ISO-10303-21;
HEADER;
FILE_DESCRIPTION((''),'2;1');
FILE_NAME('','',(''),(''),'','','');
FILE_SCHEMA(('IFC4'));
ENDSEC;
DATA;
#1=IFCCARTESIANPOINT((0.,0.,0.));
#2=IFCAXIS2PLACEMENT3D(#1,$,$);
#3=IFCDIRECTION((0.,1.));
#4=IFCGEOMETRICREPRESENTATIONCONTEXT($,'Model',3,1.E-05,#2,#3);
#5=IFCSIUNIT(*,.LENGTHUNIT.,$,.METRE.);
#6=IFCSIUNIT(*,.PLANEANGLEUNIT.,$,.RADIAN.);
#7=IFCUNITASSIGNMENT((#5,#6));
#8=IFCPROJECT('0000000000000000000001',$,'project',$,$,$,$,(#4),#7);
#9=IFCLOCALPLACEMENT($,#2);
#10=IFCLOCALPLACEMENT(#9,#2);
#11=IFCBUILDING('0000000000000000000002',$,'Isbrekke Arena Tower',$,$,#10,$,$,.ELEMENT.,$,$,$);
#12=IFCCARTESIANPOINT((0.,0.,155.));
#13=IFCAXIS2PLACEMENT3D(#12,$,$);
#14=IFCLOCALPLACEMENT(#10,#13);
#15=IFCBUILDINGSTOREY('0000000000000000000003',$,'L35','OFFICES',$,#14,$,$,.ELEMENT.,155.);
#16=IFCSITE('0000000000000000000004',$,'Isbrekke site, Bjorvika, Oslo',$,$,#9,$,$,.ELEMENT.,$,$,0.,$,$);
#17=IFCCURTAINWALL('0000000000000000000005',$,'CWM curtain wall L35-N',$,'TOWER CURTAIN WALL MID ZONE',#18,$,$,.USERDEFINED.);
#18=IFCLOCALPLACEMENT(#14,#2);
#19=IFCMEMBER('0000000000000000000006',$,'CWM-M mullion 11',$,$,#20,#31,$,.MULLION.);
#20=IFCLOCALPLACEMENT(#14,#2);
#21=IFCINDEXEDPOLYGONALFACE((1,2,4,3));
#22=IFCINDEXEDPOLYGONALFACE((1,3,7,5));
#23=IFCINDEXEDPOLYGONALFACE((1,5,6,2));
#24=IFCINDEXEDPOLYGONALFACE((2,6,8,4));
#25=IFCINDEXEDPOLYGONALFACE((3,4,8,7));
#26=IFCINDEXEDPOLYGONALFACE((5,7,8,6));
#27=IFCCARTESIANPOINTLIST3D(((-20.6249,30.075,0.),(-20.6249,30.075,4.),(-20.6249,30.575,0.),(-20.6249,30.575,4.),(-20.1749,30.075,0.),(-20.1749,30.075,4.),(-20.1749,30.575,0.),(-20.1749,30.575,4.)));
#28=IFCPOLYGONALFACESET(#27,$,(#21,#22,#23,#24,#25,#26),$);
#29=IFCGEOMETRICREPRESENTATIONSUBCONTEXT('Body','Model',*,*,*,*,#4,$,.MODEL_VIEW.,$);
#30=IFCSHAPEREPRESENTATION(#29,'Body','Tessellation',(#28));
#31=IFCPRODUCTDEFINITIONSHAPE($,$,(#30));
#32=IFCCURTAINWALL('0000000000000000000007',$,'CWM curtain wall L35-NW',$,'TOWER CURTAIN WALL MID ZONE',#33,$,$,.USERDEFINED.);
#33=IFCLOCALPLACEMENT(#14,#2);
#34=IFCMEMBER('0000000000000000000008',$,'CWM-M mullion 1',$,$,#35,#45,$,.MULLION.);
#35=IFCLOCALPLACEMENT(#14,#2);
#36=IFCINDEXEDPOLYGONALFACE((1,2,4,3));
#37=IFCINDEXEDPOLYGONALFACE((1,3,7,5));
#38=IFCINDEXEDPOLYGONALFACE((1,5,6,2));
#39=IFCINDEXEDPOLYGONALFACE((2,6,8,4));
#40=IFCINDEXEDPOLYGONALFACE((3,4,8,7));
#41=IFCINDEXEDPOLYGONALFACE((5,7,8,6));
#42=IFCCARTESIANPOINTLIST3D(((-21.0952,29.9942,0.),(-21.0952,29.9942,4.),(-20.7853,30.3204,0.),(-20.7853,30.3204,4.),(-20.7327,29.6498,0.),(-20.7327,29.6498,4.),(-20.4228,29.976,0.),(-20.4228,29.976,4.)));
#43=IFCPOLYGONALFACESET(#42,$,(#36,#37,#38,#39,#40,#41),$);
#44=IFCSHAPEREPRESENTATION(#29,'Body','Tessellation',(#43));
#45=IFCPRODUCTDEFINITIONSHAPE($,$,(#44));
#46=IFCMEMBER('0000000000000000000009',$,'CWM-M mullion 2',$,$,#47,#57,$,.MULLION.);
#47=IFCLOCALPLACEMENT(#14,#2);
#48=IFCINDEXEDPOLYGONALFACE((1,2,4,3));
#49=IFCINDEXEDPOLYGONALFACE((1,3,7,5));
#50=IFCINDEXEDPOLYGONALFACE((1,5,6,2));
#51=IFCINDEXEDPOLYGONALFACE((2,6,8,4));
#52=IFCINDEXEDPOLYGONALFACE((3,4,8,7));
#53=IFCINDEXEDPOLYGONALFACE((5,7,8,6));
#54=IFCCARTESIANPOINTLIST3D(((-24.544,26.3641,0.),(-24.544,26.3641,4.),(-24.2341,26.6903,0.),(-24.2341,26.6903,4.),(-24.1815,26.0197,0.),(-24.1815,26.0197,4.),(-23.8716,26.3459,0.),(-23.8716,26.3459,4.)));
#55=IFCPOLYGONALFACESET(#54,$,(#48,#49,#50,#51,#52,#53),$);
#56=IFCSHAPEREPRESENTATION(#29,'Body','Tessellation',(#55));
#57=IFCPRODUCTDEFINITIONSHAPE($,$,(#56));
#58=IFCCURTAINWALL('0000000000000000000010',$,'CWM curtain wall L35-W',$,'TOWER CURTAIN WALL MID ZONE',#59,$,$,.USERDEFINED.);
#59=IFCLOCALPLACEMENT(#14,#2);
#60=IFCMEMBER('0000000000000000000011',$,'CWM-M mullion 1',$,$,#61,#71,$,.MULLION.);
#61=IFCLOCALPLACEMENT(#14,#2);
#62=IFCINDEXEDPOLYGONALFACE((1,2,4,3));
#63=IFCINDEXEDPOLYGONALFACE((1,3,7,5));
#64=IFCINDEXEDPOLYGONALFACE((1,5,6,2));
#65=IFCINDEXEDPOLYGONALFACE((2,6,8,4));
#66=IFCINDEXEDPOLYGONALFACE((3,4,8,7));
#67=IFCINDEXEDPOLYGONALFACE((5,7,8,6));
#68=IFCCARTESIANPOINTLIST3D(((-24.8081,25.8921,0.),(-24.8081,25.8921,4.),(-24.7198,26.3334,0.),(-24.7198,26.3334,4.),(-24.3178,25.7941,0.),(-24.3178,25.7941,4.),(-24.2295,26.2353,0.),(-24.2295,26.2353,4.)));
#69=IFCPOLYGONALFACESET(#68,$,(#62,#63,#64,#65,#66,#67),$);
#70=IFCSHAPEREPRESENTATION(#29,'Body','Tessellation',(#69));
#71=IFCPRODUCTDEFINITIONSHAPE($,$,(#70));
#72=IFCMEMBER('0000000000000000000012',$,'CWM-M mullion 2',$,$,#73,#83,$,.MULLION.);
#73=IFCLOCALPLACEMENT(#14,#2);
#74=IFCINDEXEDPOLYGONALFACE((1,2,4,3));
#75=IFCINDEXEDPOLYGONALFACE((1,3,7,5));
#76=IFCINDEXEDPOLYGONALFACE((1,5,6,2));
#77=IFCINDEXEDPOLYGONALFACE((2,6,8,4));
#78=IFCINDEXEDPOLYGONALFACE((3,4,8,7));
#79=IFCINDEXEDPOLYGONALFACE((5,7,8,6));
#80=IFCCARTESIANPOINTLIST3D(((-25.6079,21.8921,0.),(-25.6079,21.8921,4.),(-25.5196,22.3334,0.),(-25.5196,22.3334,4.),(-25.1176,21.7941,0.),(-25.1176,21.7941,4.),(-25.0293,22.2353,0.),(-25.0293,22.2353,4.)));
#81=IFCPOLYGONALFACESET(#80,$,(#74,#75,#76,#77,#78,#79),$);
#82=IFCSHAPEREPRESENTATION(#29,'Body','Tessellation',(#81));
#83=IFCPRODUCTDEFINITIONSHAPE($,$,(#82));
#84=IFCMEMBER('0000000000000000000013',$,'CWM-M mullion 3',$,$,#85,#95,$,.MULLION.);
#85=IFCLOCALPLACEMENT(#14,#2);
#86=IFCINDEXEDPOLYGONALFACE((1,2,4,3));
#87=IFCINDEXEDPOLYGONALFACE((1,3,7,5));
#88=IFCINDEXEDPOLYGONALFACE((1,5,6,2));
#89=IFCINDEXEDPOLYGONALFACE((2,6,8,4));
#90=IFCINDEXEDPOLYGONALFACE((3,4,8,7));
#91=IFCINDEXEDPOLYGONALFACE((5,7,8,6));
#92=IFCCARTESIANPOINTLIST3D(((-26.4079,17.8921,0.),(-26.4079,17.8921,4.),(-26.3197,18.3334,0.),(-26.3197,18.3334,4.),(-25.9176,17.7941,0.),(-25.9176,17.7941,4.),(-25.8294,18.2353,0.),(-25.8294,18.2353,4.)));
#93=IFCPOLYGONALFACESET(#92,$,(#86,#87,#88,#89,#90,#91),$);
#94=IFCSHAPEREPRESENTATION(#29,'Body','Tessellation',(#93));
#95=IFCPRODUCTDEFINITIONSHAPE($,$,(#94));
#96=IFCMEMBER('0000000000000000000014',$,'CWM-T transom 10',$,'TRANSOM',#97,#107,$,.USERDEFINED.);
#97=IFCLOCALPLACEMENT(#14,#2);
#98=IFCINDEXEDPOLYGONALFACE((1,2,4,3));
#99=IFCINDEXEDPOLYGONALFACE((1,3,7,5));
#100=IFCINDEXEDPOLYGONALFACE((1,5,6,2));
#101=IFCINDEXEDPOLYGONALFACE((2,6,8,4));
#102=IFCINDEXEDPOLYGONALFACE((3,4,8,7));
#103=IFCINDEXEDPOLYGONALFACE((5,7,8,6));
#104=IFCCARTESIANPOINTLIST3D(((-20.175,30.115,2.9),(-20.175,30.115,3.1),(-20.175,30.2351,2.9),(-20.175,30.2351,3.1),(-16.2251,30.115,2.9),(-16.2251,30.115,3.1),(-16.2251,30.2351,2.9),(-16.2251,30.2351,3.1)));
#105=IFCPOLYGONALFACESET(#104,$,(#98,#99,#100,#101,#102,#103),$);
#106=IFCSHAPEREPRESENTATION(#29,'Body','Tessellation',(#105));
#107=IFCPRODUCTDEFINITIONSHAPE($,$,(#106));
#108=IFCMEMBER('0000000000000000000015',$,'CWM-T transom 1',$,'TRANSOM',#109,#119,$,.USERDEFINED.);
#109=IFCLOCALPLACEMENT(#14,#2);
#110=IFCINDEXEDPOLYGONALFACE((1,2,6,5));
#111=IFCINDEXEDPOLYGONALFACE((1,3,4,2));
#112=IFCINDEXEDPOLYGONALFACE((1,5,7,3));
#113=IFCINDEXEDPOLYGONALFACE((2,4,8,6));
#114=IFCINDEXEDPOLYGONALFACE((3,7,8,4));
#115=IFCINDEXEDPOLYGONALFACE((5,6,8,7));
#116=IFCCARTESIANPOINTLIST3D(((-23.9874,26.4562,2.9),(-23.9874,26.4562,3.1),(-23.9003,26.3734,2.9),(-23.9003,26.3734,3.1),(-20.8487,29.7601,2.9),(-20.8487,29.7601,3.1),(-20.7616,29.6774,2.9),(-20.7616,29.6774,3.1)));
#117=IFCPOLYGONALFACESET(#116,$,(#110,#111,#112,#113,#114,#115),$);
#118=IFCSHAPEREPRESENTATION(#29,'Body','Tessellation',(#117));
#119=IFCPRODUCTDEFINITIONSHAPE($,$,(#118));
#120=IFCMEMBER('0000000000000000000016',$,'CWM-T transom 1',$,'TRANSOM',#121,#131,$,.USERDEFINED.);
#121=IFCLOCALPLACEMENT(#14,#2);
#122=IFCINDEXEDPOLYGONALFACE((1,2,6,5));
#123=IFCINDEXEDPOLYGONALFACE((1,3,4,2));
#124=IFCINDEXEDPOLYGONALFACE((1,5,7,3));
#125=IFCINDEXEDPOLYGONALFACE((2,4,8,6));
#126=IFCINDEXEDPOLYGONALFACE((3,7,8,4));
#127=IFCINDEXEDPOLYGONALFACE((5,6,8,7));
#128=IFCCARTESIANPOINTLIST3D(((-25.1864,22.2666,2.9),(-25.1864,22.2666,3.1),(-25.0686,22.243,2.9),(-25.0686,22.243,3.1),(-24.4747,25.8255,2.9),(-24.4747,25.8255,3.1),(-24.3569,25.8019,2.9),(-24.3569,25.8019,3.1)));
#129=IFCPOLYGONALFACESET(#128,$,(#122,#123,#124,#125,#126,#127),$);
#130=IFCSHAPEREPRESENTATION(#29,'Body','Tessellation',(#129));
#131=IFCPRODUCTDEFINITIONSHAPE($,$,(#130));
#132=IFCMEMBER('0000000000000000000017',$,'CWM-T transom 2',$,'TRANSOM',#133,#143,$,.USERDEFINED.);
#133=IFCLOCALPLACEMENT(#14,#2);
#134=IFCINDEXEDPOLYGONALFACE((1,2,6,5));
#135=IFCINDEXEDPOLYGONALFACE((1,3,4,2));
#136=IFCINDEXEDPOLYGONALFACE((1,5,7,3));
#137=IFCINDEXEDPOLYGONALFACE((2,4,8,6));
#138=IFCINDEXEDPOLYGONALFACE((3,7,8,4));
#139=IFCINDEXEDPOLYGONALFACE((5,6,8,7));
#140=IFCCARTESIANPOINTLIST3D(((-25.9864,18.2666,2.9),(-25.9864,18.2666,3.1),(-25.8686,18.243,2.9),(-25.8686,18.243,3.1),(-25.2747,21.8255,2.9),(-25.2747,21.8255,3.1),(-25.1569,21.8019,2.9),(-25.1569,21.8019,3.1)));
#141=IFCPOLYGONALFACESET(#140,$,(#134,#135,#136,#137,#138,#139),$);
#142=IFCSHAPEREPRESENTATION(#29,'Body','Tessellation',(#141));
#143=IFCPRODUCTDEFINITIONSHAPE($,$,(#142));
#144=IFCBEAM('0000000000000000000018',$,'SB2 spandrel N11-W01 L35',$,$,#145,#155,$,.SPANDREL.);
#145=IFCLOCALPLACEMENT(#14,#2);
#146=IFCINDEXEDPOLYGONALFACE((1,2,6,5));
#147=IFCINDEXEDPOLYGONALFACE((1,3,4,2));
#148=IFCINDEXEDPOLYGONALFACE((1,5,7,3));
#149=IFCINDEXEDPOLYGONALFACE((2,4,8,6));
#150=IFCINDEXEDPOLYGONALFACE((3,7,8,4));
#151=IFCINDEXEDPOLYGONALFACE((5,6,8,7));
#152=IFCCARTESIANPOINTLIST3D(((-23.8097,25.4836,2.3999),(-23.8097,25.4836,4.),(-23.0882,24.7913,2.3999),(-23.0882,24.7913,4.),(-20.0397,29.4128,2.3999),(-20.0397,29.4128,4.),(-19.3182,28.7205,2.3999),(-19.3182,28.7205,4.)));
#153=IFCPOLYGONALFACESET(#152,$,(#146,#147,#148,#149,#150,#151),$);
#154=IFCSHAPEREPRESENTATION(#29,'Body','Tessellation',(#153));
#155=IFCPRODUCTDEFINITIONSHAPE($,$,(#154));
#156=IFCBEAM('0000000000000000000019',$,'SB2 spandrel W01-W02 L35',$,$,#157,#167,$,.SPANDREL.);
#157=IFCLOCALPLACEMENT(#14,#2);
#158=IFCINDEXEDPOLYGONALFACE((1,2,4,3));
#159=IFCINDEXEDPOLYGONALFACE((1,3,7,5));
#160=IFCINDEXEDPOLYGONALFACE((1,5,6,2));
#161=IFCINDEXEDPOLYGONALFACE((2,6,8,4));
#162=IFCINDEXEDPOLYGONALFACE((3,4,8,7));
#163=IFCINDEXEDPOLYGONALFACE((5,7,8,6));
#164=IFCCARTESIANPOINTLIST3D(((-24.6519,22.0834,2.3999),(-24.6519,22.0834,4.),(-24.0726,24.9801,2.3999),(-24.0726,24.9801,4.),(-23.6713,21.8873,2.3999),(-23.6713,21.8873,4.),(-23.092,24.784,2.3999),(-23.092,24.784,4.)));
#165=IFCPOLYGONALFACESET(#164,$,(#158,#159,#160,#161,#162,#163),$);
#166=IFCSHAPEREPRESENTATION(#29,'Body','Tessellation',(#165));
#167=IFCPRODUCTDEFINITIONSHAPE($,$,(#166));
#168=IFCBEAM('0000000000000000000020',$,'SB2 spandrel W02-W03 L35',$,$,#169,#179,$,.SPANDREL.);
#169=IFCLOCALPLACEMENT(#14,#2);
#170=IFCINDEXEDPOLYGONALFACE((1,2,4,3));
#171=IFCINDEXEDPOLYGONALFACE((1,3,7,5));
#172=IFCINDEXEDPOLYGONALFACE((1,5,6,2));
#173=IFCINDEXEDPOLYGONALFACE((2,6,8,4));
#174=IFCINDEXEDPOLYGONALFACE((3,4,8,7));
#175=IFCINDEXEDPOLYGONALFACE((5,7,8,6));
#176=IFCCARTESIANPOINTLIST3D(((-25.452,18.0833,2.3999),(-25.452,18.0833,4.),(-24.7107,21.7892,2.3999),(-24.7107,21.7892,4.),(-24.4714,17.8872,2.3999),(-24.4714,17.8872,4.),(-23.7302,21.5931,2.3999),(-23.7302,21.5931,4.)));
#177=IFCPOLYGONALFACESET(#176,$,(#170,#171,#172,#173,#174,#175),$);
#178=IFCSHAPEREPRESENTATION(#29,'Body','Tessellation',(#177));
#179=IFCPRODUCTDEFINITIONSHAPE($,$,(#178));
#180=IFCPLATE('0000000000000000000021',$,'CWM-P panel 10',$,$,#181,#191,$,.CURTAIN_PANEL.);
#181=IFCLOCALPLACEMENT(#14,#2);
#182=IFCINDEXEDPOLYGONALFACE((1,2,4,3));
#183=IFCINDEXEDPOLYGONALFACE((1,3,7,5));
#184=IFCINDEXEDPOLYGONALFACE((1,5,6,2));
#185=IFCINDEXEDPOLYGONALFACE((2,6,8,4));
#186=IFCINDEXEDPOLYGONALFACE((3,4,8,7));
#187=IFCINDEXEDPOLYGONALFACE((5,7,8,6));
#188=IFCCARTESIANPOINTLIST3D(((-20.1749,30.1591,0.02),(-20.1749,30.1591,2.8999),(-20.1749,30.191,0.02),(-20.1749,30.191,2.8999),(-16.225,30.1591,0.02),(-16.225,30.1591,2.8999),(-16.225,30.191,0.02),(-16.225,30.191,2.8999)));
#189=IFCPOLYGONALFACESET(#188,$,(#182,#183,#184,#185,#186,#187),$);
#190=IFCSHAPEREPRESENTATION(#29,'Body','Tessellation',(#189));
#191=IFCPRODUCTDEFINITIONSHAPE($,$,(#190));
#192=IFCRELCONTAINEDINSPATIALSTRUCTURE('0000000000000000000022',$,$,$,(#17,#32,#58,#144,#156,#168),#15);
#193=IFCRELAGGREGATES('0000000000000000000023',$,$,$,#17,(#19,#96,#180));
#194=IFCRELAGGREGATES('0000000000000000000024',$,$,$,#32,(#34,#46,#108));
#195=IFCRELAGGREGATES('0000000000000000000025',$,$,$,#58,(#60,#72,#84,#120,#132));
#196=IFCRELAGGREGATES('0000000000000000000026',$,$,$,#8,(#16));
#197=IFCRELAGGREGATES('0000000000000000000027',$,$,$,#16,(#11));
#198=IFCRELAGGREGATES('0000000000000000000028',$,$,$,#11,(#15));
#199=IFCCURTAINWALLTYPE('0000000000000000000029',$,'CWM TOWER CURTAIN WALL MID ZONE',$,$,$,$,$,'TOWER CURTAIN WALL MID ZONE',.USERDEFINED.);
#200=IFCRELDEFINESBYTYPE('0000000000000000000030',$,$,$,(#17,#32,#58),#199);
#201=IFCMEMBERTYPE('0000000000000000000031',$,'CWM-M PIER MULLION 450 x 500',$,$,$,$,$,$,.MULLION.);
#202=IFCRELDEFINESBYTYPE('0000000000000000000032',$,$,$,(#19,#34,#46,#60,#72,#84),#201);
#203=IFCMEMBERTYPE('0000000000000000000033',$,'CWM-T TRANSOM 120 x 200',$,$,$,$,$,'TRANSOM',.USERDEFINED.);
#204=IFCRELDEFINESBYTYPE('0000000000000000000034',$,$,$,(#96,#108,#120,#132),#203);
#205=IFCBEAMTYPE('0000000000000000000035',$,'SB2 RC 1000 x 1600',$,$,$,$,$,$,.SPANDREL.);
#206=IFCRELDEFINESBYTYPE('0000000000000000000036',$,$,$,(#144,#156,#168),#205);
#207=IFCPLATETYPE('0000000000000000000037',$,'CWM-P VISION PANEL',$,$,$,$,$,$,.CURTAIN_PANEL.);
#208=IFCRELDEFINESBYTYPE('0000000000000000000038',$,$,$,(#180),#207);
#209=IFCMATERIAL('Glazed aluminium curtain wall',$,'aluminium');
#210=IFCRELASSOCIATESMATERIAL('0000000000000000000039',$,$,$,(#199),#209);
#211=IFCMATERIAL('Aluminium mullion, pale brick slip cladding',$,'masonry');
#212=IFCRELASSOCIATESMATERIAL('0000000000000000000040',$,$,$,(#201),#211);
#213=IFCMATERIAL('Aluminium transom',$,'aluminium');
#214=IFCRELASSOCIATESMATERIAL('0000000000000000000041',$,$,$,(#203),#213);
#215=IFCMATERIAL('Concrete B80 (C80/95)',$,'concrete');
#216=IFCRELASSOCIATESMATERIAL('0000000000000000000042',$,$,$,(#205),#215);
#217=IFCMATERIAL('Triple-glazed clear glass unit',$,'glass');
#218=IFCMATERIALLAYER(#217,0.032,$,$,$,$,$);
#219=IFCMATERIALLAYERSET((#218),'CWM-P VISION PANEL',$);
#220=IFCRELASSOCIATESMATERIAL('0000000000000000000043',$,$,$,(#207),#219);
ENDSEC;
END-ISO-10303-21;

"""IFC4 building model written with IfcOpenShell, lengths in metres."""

from ifc_helpers import new_model, si_unit, direction, frame, origin, origin_2d, place, context, subcontext, project, spatial, rectangle, extrude, material, layer, layer_set, material_profile, profile_set, type_object, element, aggregate, save


model = new_model("IFC4")

# Units and contexts
model_context = context("Model", 3, precision=1e-05, world=origin(), true_north=direction((0.0, 1.0)))
body_context = subcontext(model_context, "Body", "Model", "MODEL_VIEW")
ifc_project = project(units=[si_unit("LENGTHUNIT", "METRE"), si_unit("PLANEANGLEUNIT", "RADIAN")], contexts=[model_context])

# Site, building, storey
site_placement = place(None, origin())
site = spatial("IfcSite", under=ifc_project, at=site_placement, Name="Isbrekke site, Bjorvika, Oslo", CompositionType="ELEMENT", RefElevation=0.0)
building_placement = place(site_placement, origin())
building = spatial("IfcBuilding", under=site, at=building_placement, Name="Isbrekke Arena Tower", CompositionType="ELEMENT")
storey_placement = place(building_placement, frame((0.0, 0.0, 155.0)))
storey = spatial("IfcBuildingStorey", under=building, at=storey_placement, Name="L35", Description="OFFICES", CompositionType="ELEMENT", Elevation=155.0)

# Curtain wall, member
ifc_material_1 = material(Name="Glazed aluminium curtain wall", Category="aluminium")
curtain_wall_type = type_object("IfcCurtainWallType", Name="CWM TOWER CURTAIN WALL MID ZONE", ElementType="TOWER CURTAIN WALL MID ZONE", PredefinedType="USERDEFINED", material=ifc_material_1)
curtain_wall_1_placement = place(storey_placement, origin())
curtain_wall_1 = element("IfcCurtainWall", 1, at=curtain_wall_1_placement, inside=storey, type_object=curtain_wall_type, Name="CWM curtain wall L35-N", ObjectType="TOWER CURTAIN WALL MID ZONE", PredefinedType="USERDEFINED")
ifc_material_2 = material(Name="Aluminium mullion, pale brick slip cladding", Category="masonry")
ifc_material_profile_1 = material_profile(ifc_material_2, rectangle(XDim=0.45, YDim=0.5, at=origin_2d()), Name="PIER 450X500")
ifc_profile_set_1 = profile_set([ifc_material_profile_1], Name="Aluminium mullion, pale brick slip cladding")
member_type_1 = type_object("IfcMemberType", Name="CWM-M PIER MULLION 450 x 500", PredefinedType="MULLION", material=ifc_profile_set_1)
member_1_placement = place(storey_placement, frame((-20.3999, 30.325, 0.0), z_axis=(0.0, 0.0, 1.0), x_axis=(-1.0, 0.0, 0.0)))
member_1 = element("IfcMember", 2, at=member_1_placement, type_object=member_type_1, Name="CWM-M mullion 11", PredefinedType="MULLION", context=body_context, shape_type="SweptSolid", body=[
    extrude(rectangle(XDim=0.45, YDim=0.5, at=origin_2d()), origin(), (0.0, 0.0, 1.0), 4.0),
])

# Curtain walls, members
curtain_wall_2_placement = place(storey_placement, origin())
curtain_wall_2 = element("IfcCurtainWall", 3, at=curtain_wall_2_placement, inside=storey, type_object=curtain_wall_type, Name="CWM curtain wall L35-NW", ObjectType="TOWER CURTAIN WALL MID ZONE", PredefinedType="USERDEFINED")
member_2_placement = place(storey_placement, frame((-20.759, 29.9851, 0.0), z_axis=(0.0, 0.0, 1.0), x_axis=(-0.688749, -0.724999, 0.0)))
member_2 = element("IfcMember", 4, at=member_2_placement, type_object=member_type_1, Name="CWM-M mullion 1", PredefinedType="MULLION", context=body_context, shape_type="SweptSolid", body=[
    extrude(rectangle(XDim=0.45, YDim=0.5, at=origin_2d()), origin(), (0.0, 0.0, 1.0), 4.0),
])
member_3_placement = place(storey_placement, frame((-24.2078, 26.355, 0.0), z_axis=(0.0, 0.0, 1.0), x_axis=(-0.688749, -0.724999, 0.0)))
member_3 = element("IfcMember", 5, at=member_3_placement, type_object=member_type_1, Name="CWM-M mullion 2", PredefinedType="MULLION", context=body_context, shape_type="SweptSolid", body=[
    extrude(rectangle(XDim=0.45, YDim=0.5, at=origin_2d()), origin(), (0.0, 0.0, 1.0), 4.0),
])
curtain_wall_3_placement = place(storey_placement, origin())
curtain_wall_3 = element("IfcCurtainWall", 6, at=curtain_wall_3_placement, inside=storey, type_object=curtain_wall_type, Name="CWM curtain wall L35-W", ObjectType="TOWER CURTAIN WALL MID ZONE", PredefinedType="USERDEFINED")
member_4_placement = place(storey_placement, frame((-24.5188, 26.0637, 0.0), z_axis=(0.0, 0.0, 1.0), x_axis=(-0.196116, -0.980581, 0.0)))
member_4 = element("IfcMember", 7, at=member_4_placement, type_object=member_type_1, Name="CWM-M mullion 1", PredefinedType="MULLION", context=body_context, shape_type="SweptSolid", body=[
    extrude(rectangle(XDim=0.45, YDim=0.5, at=origin_2d()), origin(), (0.0, 0.0, 1.0), 4.0),
])
member_5_placement = place(storey_placement, frame((-25.3186, 22.0637, 0.0), z_axis=(0.0, 0.0, 1.0), x_axis=(-0.196116, -0.980581, 0.0)))
member_5 = element("IfcMember", 8, at=member_5_placement, type_object=member_type_1, Name="CWM-M mullion 2", PredefinedType="MULLION", context=body_context, shape_type="SweptSolid", body=[
    extrude(rectangle(XDim=0.45, YDim=0.5, at=origin_2d()), origin(), (0.0, 0.0, 1.0), 4.0),
])
member_6_placement = place(storey_placement, frame((-26.1187, 18.0637, 0.0), z_axis=(0.0, 0.0, 1.0), x_axis=(-0.196116, -0.980581, 0.0)))
member_6 = element("IfcMember", 9, at=member_6_placement, type_object=member_type_1, Name="CWM-M mullion 3", PredefinedType="MULLION", context=body_context, shape_type="SweptSolid", body=[
    extrude(rectangle(XDim=0.45, YDim=0.5, at=origin_2d()), origin(), (0.0, 0.0, 1.0), 4.0),
])

# Members
ifc_material_3 = material(Name="Aluminium transom", Category="aluminium")
ifc_material_profile_2 = material_profile(ifc_material_3, rectangle(XDim=0.1201, YDim=0.2, at=origin_2d()), Name="TRANSOM 120X200")
ifc_profile_set_2 = profile_set([ifc_material_profile_2], Name="Aluminium transom")
member_type_2 = type_object("IfcMemberType", Name="CWM-T TRANSOM 120 x 200", ElementType="TRANSOM", PredefinedType="USERDEFINED", material=ifc_profile_set_2)
member_7_placement = place(storey_placement, frame((-16.2251, 30.175, 3.0), z_axis=(-1.0, 0.0, 0.0), x_axis=(0.0, -1.0, 0.0)))
member_7 = element("IfcMember", 10, at=member_7_placement, type_object=member_type_2, Name="CWM-T transom 10", ObjectType="TRANSOM", PredefinedType="USERDEFINED", context=body_context, shape_type="SweptSolid", body=[
    extrude(rectangle(XDim=0.1201, YDim=0.2, at=origin_2d()), origin(), (0.0, 0.0, 1.0), 3.95),
])
member_8_placement = place(storey_placement, frame((-20.8052, 29.7188, 3.0), z_axis=(-0.68874, -0.725009, 0.0), x_axis=(0.725009, -0.68874, 0.0)))
member_8 = element("IfcMember", 11, at=member_8_placement, type_object=member_type_2, Name="CWM-T transom 1", ObjectType="TRANSOM", PredefinedType="USERDEFINED", context=body_context, shape_type="SweptSolid", body=[
    extrude(rectangle(XDim=0.1201, YDim=0.2, at=origin_2d()), origin(), (0.0, 0.0, 1.0), 4.5571),
])
member_9_placement = place(storey_placement, frame((-24.4158, 25.8137, 3.0), z_axis=(-0.19609, -0.980586, 0.0), x_axis=(0.980586, -0.19609, 0.0)))
member_9 = element("IfcMember", 12, at=member_9_placement, type_object=member_type_2, Name="CWM-T transom 1", ObjectType="TRANSOM", PredefinedType="USERDEFINED", context=body_context, shape_type="SweptSolid", body=[
    extrude(rectangle(XDim=0.1201, YDim=0.2, at=origin_2d()), origin(), (0.0, 0.0, 1.0), 3.6294),
])
member_10_placement = place(storey_placement, frame((-25.2158, 21.8137, 3.0), z_axis=(-0.19609, -0.980586, 0.0), x_axis=(0.980586, -0.19609, 0.0)))
member_10 = element("IfcMember", 13, at=member_10_placement, type_object=member_type_2, Name="CWM-T transom 2", ObjectType="TRANSOM", PredefinedType="USERDEFINED", context=body_context, shape_type="SweptSolid", body=[
    extrude(rectangle(XDim=0.1201, YDim=0.2, at=origin_2d()), origin(), (0.0, 0.0, 1.0), 3.6294),
])

# Beams
ifc_material_4 = material(Name="Concrete B80 (C80/95)", Category="concrete")
ifc_material_profile_3 = material_profile(ifc_material_4, rectangle(XDim=1.0, YDim=1.6001, at=origin_2d()), Name="RC 1000x1600")
ifc_profile_set_3 = profile_set([ifc_material_profile_3], Name="Concrete B80 (C80/95)")
beam_type_1 = type_object("IfcBeamType", Name="SB2 RC 1000 x 1600", PredefinedType="SPANDREL", material=ifc_profile_set_3)
beam_1_placement = place(storey_placement, frame((-19.679, 29.0667, 3.2), z_axis=(-0.69234, -0.721572, 0.0), x_axis=(0.721572, -0.69234, 0.0)))
element("IfcBeam", 14, at=beam_1_placement, inside=storey, type_object=beam_type_1, Name="SB2 spandrel N11-W01 L35", PredefinedType="SPANDREL", context=body_context, shape_type="SweptSolid", body=[
    extrude(rectangle(XDim=1.0, YDim=1.6001, at=origin_2d()), origin(), (0.0, 0.0, 1.0), 5.4453),
])
beam_2_placement = place(storey_placement, frame((-23.5823, 24.8821, 3.2), z_axis=(-0.196116, -0.980581, 0.0), x_axis=(0.980581, -0.196116, 0.0)))
element("IfcBeam", 15, at=beam_2_placement, inside=storey, type_object=beam_type_1, Name="SB2 spandrel W01-W02 L35", PredefinedType="SPANDREL", context=body_context, shape_type="SweptSolid", body=[
    extrude(rectangle(XDim=1.0, YDim=1.6001, at=origin_2d()), origin(), (0.0, 0.0, 1.0), 2.9541),
])
beam_3_placement = place(storey_placement, frame((-24.2205, 21.6912, 3.2), z_axis=(-0.196129, -0.980578, 0.0), x_axis=(0.980578, -0.196129, 0.0)))
element("IfcBeam", 16, at=beam_3_placement, inside=storey, type_object=beam_type_1, Name="SB2 spandrel W02-W03 L35", PredefinedType="SPANDREL", context=body_context, shape_type="SweptSolid", body=[
    extrude(rectangle(XDim=1.0, YDim=1.6001, at=origin_2d()), origin(), (0.0, 0.0, 1.0), 3.7793),
])

# Plate
ifc_material_5 = material(Name="Triple-glazed clear glass unit", Category="glass")
ifc_layer_1 = layer(ifc_material_5, 0.032)
ifc_layer_set_1 = layer_set([ifc_layer_1], Name="CWM-P VISION PANEL")
plate_type = type_object("IfcPlateType", Name="CWM-P VISION PANEL", PredefinedType="CURTAIN_PANEL", material=ifc_layer_set_1)
plate_1_placement = place(storey_placement, frame((-18.2, 30.175, 0.02), z_axis=(0.0, 0.0, 1.0), x_axis=(-1.0, 0.0, 0.0)))
plate_1 = element("IfcPlate", 17, at=plate_1_placement, type_object=plate_type, Name="CWM-P panel 10", PredefinedType="CURTAIN_PANEL", context=body_context, shape_type="SweptSolid", body=[
    extrude(rectangle(XDim=3.95, YDim=0.032, at=origin_2d()), origin(), (0.0, 0.0, 1.0), 2.8799),
])
aggregate(curtain_wall_1, [member_1, member_7, plate_1])
aggregate(curtain_wall_2, [member_2, member_3, member_8])
aggregate(curtain_wall_3, [member_4, member_5, member_6, member_9, member_10])

save(model, "model.ifc")
